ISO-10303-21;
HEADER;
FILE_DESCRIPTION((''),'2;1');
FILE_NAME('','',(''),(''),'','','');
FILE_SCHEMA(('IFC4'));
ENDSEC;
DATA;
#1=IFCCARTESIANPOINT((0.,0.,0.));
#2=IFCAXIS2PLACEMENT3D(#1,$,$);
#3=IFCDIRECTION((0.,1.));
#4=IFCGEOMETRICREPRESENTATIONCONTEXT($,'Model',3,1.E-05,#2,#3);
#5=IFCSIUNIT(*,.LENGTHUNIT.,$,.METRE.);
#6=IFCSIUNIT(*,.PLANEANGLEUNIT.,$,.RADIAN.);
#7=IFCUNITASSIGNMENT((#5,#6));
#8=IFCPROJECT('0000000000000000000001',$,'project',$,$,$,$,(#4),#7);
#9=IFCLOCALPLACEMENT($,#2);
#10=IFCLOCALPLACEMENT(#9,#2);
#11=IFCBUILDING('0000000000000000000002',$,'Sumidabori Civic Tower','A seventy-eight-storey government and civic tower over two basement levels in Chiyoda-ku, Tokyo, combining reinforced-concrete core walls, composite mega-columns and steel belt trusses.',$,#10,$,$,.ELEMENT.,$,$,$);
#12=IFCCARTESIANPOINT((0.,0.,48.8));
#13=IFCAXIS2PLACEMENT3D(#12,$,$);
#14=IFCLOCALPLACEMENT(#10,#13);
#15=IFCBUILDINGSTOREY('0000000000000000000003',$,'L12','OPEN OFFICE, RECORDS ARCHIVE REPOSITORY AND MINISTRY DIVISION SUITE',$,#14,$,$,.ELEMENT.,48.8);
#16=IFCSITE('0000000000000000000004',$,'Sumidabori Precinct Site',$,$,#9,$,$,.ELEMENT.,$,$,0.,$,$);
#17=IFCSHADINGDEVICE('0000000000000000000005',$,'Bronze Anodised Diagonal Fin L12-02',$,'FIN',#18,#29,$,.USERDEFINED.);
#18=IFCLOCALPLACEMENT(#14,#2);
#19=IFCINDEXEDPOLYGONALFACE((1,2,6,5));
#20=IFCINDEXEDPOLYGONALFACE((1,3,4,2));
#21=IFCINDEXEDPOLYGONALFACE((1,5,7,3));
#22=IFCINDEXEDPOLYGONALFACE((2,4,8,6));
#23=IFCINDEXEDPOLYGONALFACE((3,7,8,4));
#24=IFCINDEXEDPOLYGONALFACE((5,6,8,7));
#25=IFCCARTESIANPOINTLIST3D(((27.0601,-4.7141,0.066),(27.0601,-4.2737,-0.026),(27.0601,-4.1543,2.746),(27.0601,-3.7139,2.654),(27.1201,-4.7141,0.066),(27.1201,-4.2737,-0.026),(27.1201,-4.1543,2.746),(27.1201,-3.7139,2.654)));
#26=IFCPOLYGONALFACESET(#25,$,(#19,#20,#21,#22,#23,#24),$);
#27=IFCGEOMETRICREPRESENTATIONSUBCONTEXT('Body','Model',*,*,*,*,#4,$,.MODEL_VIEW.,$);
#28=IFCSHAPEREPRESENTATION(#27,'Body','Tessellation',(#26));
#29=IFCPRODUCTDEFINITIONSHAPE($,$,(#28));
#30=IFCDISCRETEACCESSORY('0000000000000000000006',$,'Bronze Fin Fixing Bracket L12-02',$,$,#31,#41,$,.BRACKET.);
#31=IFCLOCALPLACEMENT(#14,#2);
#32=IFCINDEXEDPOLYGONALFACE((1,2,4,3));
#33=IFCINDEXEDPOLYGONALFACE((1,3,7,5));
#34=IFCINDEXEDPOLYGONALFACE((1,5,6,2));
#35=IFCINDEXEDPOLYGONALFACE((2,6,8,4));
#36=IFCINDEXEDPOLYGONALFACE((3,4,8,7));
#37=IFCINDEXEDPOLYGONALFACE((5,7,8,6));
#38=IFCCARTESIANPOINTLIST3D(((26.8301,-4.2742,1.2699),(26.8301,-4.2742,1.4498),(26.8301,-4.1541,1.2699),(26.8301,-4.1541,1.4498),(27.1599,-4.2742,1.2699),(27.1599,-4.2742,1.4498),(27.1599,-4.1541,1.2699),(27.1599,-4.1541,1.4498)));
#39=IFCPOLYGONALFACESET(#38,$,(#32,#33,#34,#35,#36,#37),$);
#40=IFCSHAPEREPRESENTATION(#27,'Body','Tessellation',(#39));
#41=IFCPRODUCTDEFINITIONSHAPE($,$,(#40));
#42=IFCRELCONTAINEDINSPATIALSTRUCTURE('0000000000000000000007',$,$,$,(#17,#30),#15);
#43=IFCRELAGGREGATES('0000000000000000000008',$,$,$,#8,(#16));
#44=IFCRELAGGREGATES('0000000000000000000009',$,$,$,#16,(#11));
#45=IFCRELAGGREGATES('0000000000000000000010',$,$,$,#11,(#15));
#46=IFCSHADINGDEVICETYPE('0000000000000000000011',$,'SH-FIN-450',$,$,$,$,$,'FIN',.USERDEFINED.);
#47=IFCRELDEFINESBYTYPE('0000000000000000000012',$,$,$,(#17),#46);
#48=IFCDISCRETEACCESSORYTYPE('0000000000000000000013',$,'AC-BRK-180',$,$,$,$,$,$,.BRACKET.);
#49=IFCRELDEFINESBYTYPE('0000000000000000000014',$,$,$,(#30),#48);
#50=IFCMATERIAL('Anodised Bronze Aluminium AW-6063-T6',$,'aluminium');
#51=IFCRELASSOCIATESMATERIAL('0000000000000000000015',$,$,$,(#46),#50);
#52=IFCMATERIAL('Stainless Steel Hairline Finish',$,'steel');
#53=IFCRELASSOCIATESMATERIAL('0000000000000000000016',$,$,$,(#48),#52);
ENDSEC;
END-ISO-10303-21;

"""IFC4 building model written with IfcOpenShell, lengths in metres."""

from ifc_helpers import new_model, si_unit, direction, frame, origin, origin_2d, place, context, subcontext, project, spatial, rectangle, extrude, source, transform, mapped, material, material_profile, profile_set, type_object, element, save


model = new_model("IFC4")

# Units and contexts
model_context = context("Model", 3, precision=1e-05, world=origin(), true_north=direction((0.0, 1.0)))
body_context = subcontext(model_context, "Body", "Model", "MODEL_VIEW")
ifc_project = project(units=[si_unit("LENGTHUNIT", "METRE"), si_unit("PLANEANGLEUNIT", "RADIAN")], contexts=[model_context])

# Site, building, storey
site_placement = place(None, origin())
site = spatial("IfcSite", under=ifc_project, at=site_placement, Name="Sumidabori Precinct Site", CompositionType="ELEMENT", RefElevation=0.0)
building_placement = place(site_placement, origin())
building = spatial("IfcBuilding", under=site, at=building_placement, Name="Sumidabori Civic Tower", Description="A seventy-eight-storey government and civic tower over two basement levels in Chiyoda-ku, Tokyo, combining reinforced-concrete core walls, composite mega-columns and steel belt trusses.", CompositionType="ELEMENT")
storey_placement = place(building_placement, frame((0.0, 0.0, 48.8)))
storey = spatial("IfcBuildingStorey", under=building, at=storey_placement, Name="L12", Description="OPEN OFFICE, RECORDS ARCHIVE REPOSITORY AND MINISTRY DIVISION SUITE", CompositionType="ELEMENT", Elevation=48.8)

# Shared definitions
ifc_material_1 = material(Name="Anodised Bronze Aluminium AW-6063-T6", Category="aluminium")

# Shading device
ifc_material_profile_1 = material_profile(ifc_material_1, rectangle(XDim=0.0601, YDim=0.45, at=origin_2d()), Name="BRONZE FIN 450x60")
ifc_profile_set_1 = profile_set([ifc_material_profile_1], Name="Anodised Bronze Aluminium AW-6063-T6")
shading_device_type = type_object("IfcShadingDeviceType", Name="SH-FIN-450", ElementType="FIN", PredefinedType="USERDEFINED", material=ifc_profile_set_1)
shared_shape_1 = source(origin(), body_context, "Body", "SweptSolid", [
    extrude(rectangle(XDim=0.0601, YDim=0.45, at=origin_2d()), origin(), (0.0, 0.0, 1.0), 2.7378),
])
shading_device_placement = place(storey_placement, frame((27.0901, -4.4939, 0.02), z_axis=(0.0, 0.204478, 0.978871), x_axis=(-1.0, 0.0, 0.0)))
element("IfcShadingDevice", 1, at=shading_device_placement, inside=storey, type_object=shading_device_type, Name="Bronze Anodised Diagonal Fin L12-02", ObjectType="FIN", PredefinedType="USERDEFINED", context=body_context, shape_type="MappedRepresentation", body=[
    mapped(shared_shape_1, transform((0.0, 0.0, 0.0), x_axis=(1.0, 0.0, 0.0), y_axis=(0.0, 1.0, 0.0), z_axis=(0.0, 0.0, 1.0), scale=1.0)),
])

# Discrete accessory
ifc_material_2 = material(Name="Stainless Steel Hairline Finish", Category="steel")
ifc_material_profile_2 = material_profile(ifc_material_2, rectangle(XDim=0.1201, YDim=0.1799, at=origin_2d()), Name="STEEL BRACKET 180x120")
ifc_profile_set_2 = profile_set([ifc_material_profile_2], Name="Stainless Steel Hairline Finish")
discrete_accessory_type = type_object("IfcDiscreteAccessoryType", Name="AC-BRK-180", PredefinedType="BRACKET", material=ifc_profile_set_2)
shared_shape_2 = source(origin(), body_context, "Body", "SweptSolid", [
    extrude(rectangle(XDim=0.1201, YDim=0.1799, at=origin_2d()), origin(), (0.0, 0.0, 1.0), 0.3298),
])
discrete_accessory_placement = place(storey_placement, frame((26.8301, -4.2141, 1.3599), z_axis=(1.0, 0.0, 0.0), x_axis=(0.0, 1.0, 0.0)))
element("IfcDiscreteAccessory", 2, at=discrete_accessory_placement, inside=storey, type_object=discrete_accessory_type, Name="Bronze Fin Fixing Bracket L12-02", PredefinedType="BRACKET", context=body_context, shape_type="MappedRepresentation", body=[
    mapped(shared_shape_2, transform((0.0, 0.0, 0.0), x_axis=(1.0, 0.0, 0.0), y_axis=(0.0, 1.0, 0.0), z_axis=(0.0, 0.0, 1.0), scale=1.0)),
])

save(model, "model.ifc")
